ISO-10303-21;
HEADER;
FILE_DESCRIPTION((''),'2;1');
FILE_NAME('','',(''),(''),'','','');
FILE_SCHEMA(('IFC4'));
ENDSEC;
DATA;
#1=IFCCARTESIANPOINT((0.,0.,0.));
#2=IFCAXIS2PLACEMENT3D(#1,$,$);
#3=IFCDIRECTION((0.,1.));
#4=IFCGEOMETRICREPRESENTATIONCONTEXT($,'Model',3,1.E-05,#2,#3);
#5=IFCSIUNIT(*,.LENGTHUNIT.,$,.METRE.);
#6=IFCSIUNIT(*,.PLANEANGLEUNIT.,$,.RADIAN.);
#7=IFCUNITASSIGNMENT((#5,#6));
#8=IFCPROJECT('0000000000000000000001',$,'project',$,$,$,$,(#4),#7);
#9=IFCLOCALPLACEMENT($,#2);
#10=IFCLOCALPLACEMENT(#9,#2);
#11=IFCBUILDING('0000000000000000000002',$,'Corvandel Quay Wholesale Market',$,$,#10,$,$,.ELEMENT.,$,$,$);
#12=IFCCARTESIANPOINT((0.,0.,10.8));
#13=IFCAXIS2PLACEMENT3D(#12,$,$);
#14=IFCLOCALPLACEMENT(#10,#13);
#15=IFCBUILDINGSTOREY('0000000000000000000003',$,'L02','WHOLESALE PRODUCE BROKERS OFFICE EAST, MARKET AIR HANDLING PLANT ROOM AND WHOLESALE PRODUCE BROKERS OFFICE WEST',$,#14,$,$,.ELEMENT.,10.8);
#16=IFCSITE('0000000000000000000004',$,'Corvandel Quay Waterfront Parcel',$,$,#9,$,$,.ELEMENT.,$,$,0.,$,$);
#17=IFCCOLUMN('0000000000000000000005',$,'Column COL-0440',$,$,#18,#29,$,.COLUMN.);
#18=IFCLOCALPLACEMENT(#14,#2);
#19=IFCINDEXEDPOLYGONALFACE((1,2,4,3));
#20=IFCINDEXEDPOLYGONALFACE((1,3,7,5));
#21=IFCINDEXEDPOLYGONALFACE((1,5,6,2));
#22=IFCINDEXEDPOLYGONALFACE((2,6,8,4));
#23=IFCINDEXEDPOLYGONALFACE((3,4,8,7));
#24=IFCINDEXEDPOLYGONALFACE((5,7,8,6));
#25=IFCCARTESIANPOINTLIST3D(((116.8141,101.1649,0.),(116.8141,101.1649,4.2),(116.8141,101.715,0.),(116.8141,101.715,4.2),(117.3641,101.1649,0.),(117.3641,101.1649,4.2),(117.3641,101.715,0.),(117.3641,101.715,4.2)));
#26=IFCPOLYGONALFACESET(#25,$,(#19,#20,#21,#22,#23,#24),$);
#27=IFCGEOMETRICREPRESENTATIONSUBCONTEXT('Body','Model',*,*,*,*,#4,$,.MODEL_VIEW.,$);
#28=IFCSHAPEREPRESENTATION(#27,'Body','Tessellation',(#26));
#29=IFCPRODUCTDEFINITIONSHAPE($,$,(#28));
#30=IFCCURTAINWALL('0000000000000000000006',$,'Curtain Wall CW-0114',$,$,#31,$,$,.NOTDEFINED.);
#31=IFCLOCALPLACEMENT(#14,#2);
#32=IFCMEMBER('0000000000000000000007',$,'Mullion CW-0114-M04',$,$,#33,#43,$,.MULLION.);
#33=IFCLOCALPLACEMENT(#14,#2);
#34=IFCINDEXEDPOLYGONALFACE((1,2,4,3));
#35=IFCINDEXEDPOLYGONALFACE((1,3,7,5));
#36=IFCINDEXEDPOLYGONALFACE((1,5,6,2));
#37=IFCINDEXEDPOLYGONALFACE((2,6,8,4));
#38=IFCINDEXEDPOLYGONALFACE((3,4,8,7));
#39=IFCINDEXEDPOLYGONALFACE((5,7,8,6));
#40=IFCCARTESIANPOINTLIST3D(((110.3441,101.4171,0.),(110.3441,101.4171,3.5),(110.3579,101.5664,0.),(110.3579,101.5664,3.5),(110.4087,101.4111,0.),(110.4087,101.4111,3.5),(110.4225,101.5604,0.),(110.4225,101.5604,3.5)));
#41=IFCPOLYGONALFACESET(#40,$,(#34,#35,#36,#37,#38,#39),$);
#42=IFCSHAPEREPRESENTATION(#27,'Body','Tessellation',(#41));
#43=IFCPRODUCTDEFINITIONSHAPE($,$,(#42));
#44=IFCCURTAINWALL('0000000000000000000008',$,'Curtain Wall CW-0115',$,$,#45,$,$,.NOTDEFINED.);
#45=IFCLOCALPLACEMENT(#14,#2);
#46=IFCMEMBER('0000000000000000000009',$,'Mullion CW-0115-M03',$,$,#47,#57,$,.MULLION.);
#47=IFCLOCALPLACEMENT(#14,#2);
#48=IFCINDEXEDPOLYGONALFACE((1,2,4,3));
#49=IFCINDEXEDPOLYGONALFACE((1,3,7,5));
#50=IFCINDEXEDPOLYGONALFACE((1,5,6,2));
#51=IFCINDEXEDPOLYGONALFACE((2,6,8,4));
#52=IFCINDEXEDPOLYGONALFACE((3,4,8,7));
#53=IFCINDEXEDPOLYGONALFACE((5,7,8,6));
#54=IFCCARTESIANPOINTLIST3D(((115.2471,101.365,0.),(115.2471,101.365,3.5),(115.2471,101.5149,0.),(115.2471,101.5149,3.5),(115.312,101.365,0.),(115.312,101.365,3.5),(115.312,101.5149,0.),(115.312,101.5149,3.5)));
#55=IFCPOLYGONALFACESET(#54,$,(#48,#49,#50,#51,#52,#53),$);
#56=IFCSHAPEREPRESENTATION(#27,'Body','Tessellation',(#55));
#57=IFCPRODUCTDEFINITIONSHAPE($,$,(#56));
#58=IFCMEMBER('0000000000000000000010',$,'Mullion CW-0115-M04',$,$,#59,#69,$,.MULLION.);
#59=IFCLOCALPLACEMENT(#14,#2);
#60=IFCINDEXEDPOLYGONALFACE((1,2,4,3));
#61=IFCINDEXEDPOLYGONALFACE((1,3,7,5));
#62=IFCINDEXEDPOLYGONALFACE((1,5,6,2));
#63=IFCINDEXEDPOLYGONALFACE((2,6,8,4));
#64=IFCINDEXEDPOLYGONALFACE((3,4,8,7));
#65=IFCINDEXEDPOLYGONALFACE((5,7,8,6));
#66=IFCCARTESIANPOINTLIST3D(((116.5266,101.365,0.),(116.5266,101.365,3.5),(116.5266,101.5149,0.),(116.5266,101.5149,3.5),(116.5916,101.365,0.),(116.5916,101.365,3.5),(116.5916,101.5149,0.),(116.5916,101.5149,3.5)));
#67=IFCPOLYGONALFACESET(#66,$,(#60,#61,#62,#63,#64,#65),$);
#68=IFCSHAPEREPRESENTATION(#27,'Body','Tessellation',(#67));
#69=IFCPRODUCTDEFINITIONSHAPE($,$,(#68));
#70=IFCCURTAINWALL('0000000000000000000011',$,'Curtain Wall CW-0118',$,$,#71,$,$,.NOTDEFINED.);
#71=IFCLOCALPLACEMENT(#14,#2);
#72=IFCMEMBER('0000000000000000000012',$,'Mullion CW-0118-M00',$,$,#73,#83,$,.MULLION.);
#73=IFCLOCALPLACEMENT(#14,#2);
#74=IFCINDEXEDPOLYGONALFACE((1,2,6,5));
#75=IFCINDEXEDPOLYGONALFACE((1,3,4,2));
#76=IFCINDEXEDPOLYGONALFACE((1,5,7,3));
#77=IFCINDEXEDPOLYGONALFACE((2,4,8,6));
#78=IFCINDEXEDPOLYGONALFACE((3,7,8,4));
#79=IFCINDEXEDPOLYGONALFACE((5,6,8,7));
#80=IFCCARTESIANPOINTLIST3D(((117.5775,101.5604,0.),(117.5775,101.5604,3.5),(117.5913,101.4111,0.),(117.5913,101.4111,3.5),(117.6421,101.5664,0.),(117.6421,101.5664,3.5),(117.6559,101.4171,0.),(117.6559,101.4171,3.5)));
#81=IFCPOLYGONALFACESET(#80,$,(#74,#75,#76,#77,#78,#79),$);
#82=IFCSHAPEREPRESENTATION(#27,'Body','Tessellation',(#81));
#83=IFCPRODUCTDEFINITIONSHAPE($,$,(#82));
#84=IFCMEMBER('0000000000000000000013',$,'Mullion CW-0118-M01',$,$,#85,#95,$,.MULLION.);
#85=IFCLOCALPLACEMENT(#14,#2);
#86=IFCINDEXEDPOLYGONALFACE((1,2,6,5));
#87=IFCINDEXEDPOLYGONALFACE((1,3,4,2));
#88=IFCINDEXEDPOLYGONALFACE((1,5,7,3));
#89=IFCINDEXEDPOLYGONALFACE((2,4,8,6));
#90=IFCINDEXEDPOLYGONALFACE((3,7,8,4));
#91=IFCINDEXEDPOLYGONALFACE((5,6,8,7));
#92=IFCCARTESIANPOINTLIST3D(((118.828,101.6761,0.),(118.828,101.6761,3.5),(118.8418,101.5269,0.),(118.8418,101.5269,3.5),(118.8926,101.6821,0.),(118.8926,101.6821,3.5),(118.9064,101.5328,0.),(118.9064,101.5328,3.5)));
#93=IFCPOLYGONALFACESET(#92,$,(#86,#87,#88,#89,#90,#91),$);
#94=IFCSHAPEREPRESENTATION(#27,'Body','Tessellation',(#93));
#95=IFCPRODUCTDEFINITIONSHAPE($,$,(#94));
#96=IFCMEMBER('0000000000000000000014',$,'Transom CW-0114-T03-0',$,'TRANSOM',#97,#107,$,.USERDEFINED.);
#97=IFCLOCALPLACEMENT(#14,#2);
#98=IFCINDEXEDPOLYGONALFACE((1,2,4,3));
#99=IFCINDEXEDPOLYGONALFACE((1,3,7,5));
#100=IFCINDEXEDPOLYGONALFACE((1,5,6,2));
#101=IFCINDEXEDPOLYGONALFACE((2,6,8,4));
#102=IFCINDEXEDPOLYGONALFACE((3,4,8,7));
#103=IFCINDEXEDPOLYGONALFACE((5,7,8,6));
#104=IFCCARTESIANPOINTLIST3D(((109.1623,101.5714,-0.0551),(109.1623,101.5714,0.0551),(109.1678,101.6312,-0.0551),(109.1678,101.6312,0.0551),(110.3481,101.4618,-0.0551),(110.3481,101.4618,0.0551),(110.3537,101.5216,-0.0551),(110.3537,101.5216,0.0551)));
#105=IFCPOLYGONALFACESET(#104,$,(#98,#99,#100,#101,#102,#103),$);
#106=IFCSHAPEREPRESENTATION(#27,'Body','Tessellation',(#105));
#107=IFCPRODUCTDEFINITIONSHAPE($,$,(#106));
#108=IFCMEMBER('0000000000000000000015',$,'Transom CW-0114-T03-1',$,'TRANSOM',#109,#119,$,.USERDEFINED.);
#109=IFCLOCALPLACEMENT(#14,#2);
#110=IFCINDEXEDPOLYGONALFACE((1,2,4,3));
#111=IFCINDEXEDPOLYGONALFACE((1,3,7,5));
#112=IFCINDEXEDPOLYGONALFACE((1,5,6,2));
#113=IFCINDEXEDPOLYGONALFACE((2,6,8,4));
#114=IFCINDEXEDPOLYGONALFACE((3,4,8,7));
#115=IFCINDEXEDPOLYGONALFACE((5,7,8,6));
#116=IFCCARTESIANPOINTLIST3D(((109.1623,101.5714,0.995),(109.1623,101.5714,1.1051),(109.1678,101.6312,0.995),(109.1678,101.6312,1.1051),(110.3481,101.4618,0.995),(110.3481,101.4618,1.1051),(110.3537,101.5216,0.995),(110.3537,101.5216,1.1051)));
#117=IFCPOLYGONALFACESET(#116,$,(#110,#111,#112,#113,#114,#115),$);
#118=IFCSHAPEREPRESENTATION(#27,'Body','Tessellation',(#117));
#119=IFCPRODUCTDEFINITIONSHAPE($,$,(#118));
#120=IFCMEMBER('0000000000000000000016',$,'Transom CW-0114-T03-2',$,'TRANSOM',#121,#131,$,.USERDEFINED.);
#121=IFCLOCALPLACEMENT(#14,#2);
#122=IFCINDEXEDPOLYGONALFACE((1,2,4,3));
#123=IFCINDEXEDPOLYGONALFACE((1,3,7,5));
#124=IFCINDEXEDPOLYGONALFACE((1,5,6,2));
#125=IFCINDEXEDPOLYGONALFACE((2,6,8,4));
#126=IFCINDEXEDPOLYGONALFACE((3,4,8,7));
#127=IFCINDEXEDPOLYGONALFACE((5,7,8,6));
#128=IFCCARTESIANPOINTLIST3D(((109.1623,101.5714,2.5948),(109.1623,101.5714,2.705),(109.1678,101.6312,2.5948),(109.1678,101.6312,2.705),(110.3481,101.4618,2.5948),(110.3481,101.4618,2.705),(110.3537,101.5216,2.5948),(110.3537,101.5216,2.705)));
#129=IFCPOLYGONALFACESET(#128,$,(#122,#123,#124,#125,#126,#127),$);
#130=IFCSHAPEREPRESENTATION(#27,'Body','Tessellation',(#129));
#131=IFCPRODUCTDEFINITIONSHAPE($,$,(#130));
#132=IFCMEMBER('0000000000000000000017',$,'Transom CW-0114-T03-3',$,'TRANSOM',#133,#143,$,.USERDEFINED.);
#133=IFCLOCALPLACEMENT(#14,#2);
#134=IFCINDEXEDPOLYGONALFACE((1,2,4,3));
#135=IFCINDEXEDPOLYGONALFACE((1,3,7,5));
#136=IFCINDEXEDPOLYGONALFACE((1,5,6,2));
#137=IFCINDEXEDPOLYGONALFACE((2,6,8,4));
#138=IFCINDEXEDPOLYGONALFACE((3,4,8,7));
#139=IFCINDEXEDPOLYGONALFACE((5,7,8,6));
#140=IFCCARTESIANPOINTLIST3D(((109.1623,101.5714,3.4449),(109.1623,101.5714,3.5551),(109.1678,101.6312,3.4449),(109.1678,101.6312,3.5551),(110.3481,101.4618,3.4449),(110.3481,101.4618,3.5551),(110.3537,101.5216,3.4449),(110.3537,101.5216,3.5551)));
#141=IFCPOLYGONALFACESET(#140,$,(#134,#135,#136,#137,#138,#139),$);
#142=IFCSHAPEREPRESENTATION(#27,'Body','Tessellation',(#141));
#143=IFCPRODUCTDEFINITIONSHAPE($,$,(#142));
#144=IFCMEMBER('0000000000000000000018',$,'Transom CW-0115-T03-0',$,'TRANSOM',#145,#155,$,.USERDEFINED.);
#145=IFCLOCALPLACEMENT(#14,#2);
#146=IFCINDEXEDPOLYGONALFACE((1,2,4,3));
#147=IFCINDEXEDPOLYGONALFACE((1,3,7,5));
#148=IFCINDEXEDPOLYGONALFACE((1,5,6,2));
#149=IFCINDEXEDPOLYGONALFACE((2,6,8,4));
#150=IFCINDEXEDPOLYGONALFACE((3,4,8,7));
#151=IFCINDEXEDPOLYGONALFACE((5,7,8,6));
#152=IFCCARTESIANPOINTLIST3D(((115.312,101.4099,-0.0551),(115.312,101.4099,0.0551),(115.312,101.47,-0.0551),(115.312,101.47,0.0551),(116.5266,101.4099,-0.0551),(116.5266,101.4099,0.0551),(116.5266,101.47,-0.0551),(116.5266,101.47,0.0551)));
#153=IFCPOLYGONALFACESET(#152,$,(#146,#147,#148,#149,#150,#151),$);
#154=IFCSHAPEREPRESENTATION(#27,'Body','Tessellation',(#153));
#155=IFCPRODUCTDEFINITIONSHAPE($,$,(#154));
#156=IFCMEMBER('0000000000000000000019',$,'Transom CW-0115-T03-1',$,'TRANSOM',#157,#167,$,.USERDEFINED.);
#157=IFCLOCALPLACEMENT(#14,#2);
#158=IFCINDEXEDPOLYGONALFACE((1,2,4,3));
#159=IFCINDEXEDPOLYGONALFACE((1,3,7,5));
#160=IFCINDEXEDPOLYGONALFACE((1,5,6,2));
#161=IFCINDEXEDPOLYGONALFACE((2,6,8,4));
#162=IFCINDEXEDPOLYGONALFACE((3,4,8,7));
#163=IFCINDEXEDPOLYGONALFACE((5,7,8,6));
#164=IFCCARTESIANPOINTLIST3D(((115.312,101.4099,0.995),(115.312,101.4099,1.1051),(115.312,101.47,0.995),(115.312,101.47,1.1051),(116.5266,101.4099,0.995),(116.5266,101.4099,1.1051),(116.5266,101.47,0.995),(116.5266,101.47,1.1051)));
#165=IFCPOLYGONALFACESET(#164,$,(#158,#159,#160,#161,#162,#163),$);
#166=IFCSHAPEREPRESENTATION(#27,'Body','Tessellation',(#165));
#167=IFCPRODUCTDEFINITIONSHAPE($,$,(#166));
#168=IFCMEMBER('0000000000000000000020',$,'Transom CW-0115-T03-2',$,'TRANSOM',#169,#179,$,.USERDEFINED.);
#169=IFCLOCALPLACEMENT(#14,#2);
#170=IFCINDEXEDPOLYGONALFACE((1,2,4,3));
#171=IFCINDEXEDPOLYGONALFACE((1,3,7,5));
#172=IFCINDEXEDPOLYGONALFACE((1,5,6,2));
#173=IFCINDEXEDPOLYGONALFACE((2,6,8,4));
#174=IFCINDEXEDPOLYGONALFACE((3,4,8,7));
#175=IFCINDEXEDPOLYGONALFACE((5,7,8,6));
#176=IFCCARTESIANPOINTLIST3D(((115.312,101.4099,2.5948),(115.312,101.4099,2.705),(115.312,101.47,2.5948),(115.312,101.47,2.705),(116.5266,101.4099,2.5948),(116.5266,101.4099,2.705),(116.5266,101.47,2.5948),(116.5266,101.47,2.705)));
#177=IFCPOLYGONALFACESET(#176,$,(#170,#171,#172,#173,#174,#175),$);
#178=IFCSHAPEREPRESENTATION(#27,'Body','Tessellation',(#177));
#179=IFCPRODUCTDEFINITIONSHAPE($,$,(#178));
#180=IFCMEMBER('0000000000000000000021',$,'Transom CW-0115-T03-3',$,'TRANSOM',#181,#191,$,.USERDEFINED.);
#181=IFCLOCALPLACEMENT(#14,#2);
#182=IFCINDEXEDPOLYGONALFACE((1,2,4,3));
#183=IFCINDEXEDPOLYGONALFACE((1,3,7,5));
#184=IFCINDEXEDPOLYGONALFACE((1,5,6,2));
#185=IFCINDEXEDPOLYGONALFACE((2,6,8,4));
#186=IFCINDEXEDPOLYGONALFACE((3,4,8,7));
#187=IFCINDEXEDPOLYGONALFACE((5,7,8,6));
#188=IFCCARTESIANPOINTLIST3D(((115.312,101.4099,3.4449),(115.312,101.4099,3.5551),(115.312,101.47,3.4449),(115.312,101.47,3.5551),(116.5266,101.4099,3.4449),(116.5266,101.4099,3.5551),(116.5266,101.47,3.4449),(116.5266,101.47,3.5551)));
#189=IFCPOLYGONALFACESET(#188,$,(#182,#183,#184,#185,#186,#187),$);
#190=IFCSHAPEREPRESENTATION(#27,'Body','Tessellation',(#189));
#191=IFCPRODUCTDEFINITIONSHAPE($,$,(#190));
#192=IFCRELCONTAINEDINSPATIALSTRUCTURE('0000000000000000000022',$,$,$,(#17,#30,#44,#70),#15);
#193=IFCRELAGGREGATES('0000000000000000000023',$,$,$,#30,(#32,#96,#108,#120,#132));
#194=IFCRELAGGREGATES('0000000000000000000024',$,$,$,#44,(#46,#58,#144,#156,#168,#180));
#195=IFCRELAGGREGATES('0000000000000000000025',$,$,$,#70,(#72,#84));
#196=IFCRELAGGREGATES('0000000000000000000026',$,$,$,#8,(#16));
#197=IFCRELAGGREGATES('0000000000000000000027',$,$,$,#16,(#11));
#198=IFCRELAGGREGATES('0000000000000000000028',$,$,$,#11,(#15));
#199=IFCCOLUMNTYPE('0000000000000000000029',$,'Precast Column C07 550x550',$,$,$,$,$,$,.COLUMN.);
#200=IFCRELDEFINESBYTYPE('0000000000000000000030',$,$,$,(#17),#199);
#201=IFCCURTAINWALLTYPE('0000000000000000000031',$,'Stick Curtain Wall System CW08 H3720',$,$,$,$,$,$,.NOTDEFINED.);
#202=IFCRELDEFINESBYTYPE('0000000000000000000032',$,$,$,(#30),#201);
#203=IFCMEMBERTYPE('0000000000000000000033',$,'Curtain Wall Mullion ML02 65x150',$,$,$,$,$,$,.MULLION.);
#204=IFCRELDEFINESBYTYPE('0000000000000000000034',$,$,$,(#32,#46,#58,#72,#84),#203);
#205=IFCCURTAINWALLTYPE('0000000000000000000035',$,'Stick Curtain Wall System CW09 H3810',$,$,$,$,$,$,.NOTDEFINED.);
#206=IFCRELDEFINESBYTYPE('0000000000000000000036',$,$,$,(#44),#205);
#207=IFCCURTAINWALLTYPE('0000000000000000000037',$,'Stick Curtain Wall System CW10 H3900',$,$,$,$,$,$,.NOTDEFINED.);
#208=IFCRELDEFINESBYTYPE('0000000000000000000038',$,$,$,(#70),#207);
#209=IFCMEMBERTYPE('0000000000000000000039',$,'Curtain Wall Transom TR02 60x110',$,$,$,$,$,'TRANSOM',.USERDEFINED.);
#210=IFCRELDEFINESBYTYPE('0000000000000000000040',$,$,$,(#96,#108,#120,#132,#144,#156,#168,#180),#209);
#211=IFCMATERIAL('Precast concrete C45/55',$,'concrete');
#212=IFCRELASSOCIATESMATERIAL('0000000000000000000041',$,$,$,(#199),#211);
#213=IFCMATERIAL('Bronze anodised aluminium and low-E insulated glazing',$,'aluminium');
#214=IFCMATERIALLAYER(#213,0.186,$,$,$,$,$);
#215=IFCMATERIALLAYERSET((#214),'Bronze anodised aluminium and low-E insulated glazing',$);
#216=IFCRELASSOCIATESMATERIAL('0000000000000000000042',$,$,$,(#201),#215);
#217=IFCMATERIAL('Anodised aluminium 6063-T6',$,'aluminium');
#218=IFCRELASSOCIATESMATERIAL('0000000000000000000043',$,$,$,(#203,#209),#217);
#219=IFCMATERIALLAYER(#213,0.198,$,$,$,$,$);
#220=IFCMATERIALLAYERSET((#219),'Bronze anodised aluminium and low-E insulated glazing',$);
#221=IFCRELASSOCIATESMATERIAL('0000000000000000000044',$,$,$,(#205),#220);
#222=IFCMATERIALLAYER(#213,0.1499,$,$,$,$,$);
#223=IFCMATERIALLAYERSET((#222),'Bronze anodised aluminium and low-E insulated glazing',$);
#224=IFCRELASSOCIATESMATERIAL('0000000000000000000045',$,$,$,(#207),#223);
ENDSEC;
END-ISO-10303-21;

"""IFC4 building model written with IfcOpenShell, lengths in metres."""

from ifc_helpers import new_model, si_unit, direction, frame, origin, origin_2d, place, context, subcontext, project, spatial, rectangle, extrude, material, layer, layer_set, material_profile, profile_set, type_object, element, aggregate, save


model = new_model("IFC4")

# Units and contexts
model_context = context("Model", 3, precision=1e-05, world=origin(), true_north=direction((0.0, 1.0)))
body_context = subcontext(model_context, "Body", "Model", "MODEL_VIEW")
ifc_project = project(units=[si_unit("LENGTHUNIT", "METRE"), si_unit("PLANEANGLEUNIT", "RADIAN")], contexts=[model_context])

# Site, building, storey
site_placement = place(None, origin())
site = spatial("IfcSite", under=ifc_project, at=site_placement, Name="Corvandel Quay Waterfront Parcel", CompositionType="ELEMENT", RefElevation=0.0)
building_placement = place(site_placement, origin())
building = spatial("IfcBuilding", under=site, at=building_placement, Name="Corvandel Quay Wholesale Market", CompositionType="ELEMENT")
storey_placement = place(building_placement, frame((0.0, 0.0, 10.8)))
storey = spatial("IfcBuildingStorey", under=building, at=storey_placement, Name="L02", Description="WHOLESALE PRODUCE BROKERS OFFICE EAST, MARKET AIR HANDLING PLANT ROOM AND WHOLESALE PRODUCE BROKERS OFFICE WEST", CompositionType="ELEMENT", Elevation=10.8)

# Column
ifc_material_1 = material(Name="Precast concrete C45/55", Category="concrete")
ifc_material_profile_1 = material_profile(ifc_material_1, rectangle(XDim=0.55, YDim=0.55, at=origin_2d()), Name="PC-COL-550x550")
ifc_profile_set_1 = profile_set([ifc_material_profile_1], Name="Precast concrete C45/55")
column_type = type_object("IfcColumnType", Name="Precast Column C07 550x550", PredefinedType="COLUMN", material=ifc_profile_set_1)
column_placement = place(storey_placement, frame((117.0891, 101.4399, 0.0), z_axis=(0.0, 0.0, 1.0), x_axis=(1.0, 0.0, 0.0)))
element("IfcColumn", 1, at=column_placement, inside=storey, type_object=column_type, Name="Column COL-0440", PredefinedType="COLUMN", context=body_context, shape_type="SweptSolid", body=[
    extrude(rectangle(XDim=0.55, YDim=0.55, at=origin_2d()), origin(), (0.0, 0.0, 1.0), 4.2),
])

# Curtain wall, member
ifc_material_2 = material(Name="Bronze anodised aluminium and low-E insulated glazing", Category="aluminium")
ifc_layer_1 = layer(ifc_material_2, 0.186)
ifc_layer_set_1 = layer_set([ifc_layer_1], Name="Bronze anodised aluminium and low-E insulated glazing")
curtain_wall_type_1 = type_object("IfcCurtainWallType", Name="Stick Curtain Wall System CW08 H3720", PredefinedType="NOTDEFINED", material=ifc_layer_set_1)
curtain_wall_1_placement = place(storey_placement, origin())
curtain_wall_1 = element("IfcCurtainWall", 2, at=curtain_wall_1_placement, inside=storey, type_object=curtain_wall_type_1, Name="Curtain Wall CW-0114", PredefinedType="NOTDEFINED")
ifc_material_3 = material(Name="Anodised aluminium 6063-T6", Category="aluminium")
ifc_material_profile_2 = material_profile(ifc_material_3, rectangle(XDim=0.0649, YDim=0.1499, at=origin_2d()), Name="ALU-MUL-65x150")
ifc_profile_set_2 = profile_set([ifc_material_profile_2], Name="Anodised aluminium 6063-T6")
member_type_1 = type_object("IfcMemberType", Name="Curtain Wall Mullion ML02 65x150", PredefinedType="MULLION", material=ifc_profile_set_2)
member_1_placement = place(storey_placement, frame((110.3833, 101.4888, 0.0), z_axis=(0.0, 0.0, 1.0), x_axis=(-0.995757, 0.092023, 0.0)))
member_1 = element("IfcMember", 3, at=member_1_placement, type_object=member_type_1, Name="Mullion CW-0114-M04", PredefinedType="MULLION", context=body_context, shape_type="SweptSolid", body=[
    extrude(rectangle(XDim=0.0649, YDim=0.1499, at=origin_2d()), origin(), (0.0, 0.0, 1.0), 3.5),
])

# Curtain walls, members
ifc_layer_2 = layer(ifc_material_2, 0.198)
ifc_layer_set_2 = layer_set([ifc_layer_2], Name="Bronze anodised aluminium and low-E insulated glazing")
curtain_wall_type_2 = type_object("IfcCurtainWallType", Name="Stick Curtain Wall System CW09 H3810", PredefinedType="NOTDEFINED", material=ifc_layer_set_2)
curtain_wall_2_placement = place(storey_placement, origin())
curtain_wall_2 = element("IfcCurtainWall", 4, at=curtain_wall_2_placement, inside=storey, type_object=curtain_wall_type_2, Name="Curtain Wall CW-0115", PredefinedType="NOTDEFINED")
member_2_placement = place(storey_placement, frame((115.2795, 101.4399, 0.0), z_axis=(0.0, 0.0, 1.0), x_axis=(1.0, 0.0, 0.0)))
member_2 = element("IfcMember", 5, at=member_2_placement, type_object=member_type_1, Name="Mullion CW-0115-M03", PredefinedType="MULLION", context=body_context, shape_type="SweptSolid", body=[
    extrude(rectangle(XDim=0.0649, YDim=0.1499, at=origin_2d()), origin(), (0.0, 0.0, 1.0), 3.5),
])
member_3_placement = place(storey_placement, frame((116.5591, 101.4399, 0.0), z_axis=(0.0, 0.0, 1.0), x_axis=(1.0, 0.0, 0.0)))
member_3 = element("IfcMember", 6, at=member_3_placement, type_object=member_type_1, Name="Mullion CW-0115-M04", PredefinedType="MULLION", context=body_context, shape_type="SweptSolid", body=[
    extrude(rectangle(XDim=0.0649, YDim=0.1499, at=origin_2d()), origin(), (0.0, 0.0, 1.0), 3.5),
])
ifc_layer_3 = layer(ifc_material_2, 0.1499)
ifc_layer_set_3 = layer_set([ifc_layer_3], Name="Bronze anodised aluminium and low-E insulated glazing")
curtain_wall_type_3 = type_object("IfcCurtainWallType", Name="Stick Curtain Wall System CW10 H3900", PredefinedType="NOTDEFINED", material=ifc_layer_set_3)
curtain_wall_3_placement = place(storey_placement, origin())
curtain_wall_3 = element("IfcCurtainWall", 7, at=curtain_wall_3_placement, inside=storey, type_object=curtain_wall_type_3, Name="Curtain Wall CW-0118", PredefinedType="NOTDEFINED")
member_4_placement = place(storey_placement, frame((117.6167, 101.4888, 0.0), z_axis=(0.0, 0.0, 1.0), x_axis=(0.995757, 0.092023, 0.0)))
member_4 = element("IfcMember", 8, at=member_4_placement, type_object=member_type_1, Name="Mullion CW-0118-M00", PredefinedType="MULLION", context=body_context, shape_type="SweptSolid", body=[
    extrude(rectangle(XDim=0.0649, YDim=0.1499, at=origin_2d()), origin(), (0.0, 0.0, 1.0), 3.5),
])
member_5_placement = place(storey_placement, frame((118.8672, 101.6045, 0.0), z_axis=(0.0, 0.0, 1.0), x_axis=(0.995757, 0.092023, 0.0)))
member_5 = element("IfcMember", 9, at=member_5_placement, type_object=member_type_1, Name="Mullion CW-0118-M01", PredefinedType="MULLION", context=body_context, shape_type="SweptSolid", body=[
    extrude(rectangle(XDim=0.0649, YDim=0.1499, at=origin_2d()), origin(), (0.0, 0.0, 1.0), 3.5),
])

# Members
ifc_material_profile_3 = material_profile(ifc_material_3, rectangle(XDim=0.0601, YDim=0.1101, at=origin_2d()), Name="ALU-TRN-60x110")
ifc_profile_set_3 = profile_set([ifc_material_profile_3], Name="Anodised aluminium 6063-T6")
member_type_2 = type_object("IfcMemberType", Name="Curtain Wall Transom TR02 60x110", ElementType="TRANSOM", PredefinedType="USERDEFINED", material=ifc_profile_set_3)
member_6_placement = place(storey_placement, frame((109.165, 101.6013, 0.0), z_axis=(0.995754, -0.092051, 0.0), x_axis=(0.092051, 0.995754, 0.0)))
member_6 = element("IfcMember", 10, at=member_6_placement, type_object=member_type_2, Name="Transom CW-0114-T03-0", ObjectType="TRANSOM", PredefinedType="USERDEFINED", context=body_context, shape_type="SweptSolid", body=[
    extrude(rectangle(XDim=0.0601, YDim=0.1101, at=origin_2d()), origin(), (0.0, 0.0, 1.0), 1.1909),
])
member_7_placement = place(storey_placement, frame((109.165, 101.6013, 1.05), z_axis=(0.995754, -0.092051, 0.0), x_axis=(0.092051, 0.995754, 0.0)))
member_7 = element("IfcMember", 11, at=member_7_placement, type_object=member_type_2, Name="Transom CW-0114-T03-1", ObjectType="TRANSOM", PredefinedType="USERDEFINED", context=body_context, shape_type="SweptSolid", body=[
    extrude(rectangle(XDim=0.0601, YDim=0.1101, at=origin_2d()), origin(), (0.0, 0.0, 1.0), 1.1909),
])
member_8_placement = place(storey_placement, frame((109.165, 101.6013, 2.6499), z_axis=(0.995754, -0.092051, 0.0), x_axis=(0.092051, 0.995754, 0.0)))
member_8 = element("IfcMember", 12, at=member_8_placement, type_object=member_type_2, Name="Transom CW-0114-T03-2", ObjectType="TRANSOM", PredefinedType="USERDEFINED", context=body_context, shape_type="SweptSolid", body=[
    extrude(rectangle(XDim=0.0601, YDim=0.1101, at=origin_2d()), origin(), (0.0, 0.0, 1.0), 1.1909),
])
member_9_placement = place(storey_placement, frame((109.165, 101.6013, 3.5), z_axis=(0.995754, -0.092051, 0.0), x_axis=(0.092051, 0.995754, 0.0)))
member_9 = element("IfcMember", 13, at=member_9_placement, type_object=member_type_2, Name="Transom CW-0114-T03-3", ObjectType="TRANSOM", PredefinedType="USERDEFINED", context=body_context, shape_type="SweptSolid", body=[
    extrude(rectangle(XDim=0.0601, YDim=0.1101, at=origin_2d()), origin(), (0.0, 0.0, 1.0), 1.1909),
])
member_10_placement = place(storey_placement, frame((115.312, 101.4399, 0.0), z_axis=(1.0, 0.0, 0.0), x_axis=(0.0, 1.0, 0.0)))
member_10 = element("IfcMember", 14, at=member_10_placement, type_object=member_type_2, Name="Transom CW-0115-T03-0", ObjectType="TRANSOM", PredefinedType="USERDEFINED", context=body_context, shape_type="SweptSolid", body=[
    extrude(rectangle(XDim=0.0601, YDim=0.1101, at=origin_2d()), origin(), (0.0, 0.0, 1.0), 1.2146),
])
member_11_placement = place(storey_placement, frame((115.312, 101.4399, 1.05), z_axis=(1.0, 0.0, 0.0), x_axis=(0.0, 1.0, 0.0)))
member_11 = element("IfcMember", 15, at=member_11_placement, type_object=member_type_2, Name="Transom CW-0115-T03-1", ObjectType="TRANSOM", PredefinedType="USERDEFINED", context=body_context, shape_type="SweptSolid", body=[
    extrude(rectangle(XDim=0.0601, YDim=0.1101, at=origin_2d()), origin(), (0.0, 0.0, 1.0), 1.2146),
])
member_12_placement = place(storey_placement, frame((115.312, 101.4399, 2.6499), z_axis=(1.0, 0.0, 0.0), x_axis=(0.0, 1.0, 0.0)))
member_12 = element("IfcMember", 16, at=member_12_placement, type_object=member_type_2, Name="Transom CW-0115-T03-2", ObjectType="TRANSOM", PredefinedType="USERDEFINED", context=body_context, shape_type="SweptSolid", body=[
    extrude(rectangle(XDim=0.0601, YDim=0.1101, at=origin_2d()), origin(), (0.0, 0.0, 1.0), 1.2146),
])
member_13_placement = place(storey_placement, frame((115.312, 101.4399, 3.5), z_axis=(1.0, 0.0, 0.0), x_axis=(0.0, 1.0, 0.0)))
member_13 = element("IfcMember", 17, at=member_13_placement, type_object=member_type_2, Name="Transom CW-0115-T03-3", ObjectType="TRANSOM", PredefinedType="USERDEFINED", context=body_context, shape_type="SweptSolid", body=[
    extrude(rectangle(XDim=0.0601, YDim=0.1101, at=origin_2d()), origin(), (0.0, 0.0, 1.0), 1.2146),
])

aggregate(curtain_wall_1, [member_1, member_6, member_7, member_8, member_9])
aggregate(curtain_wall_2, [member_2, member_3, member_10, member_11, member_12, member_13])
aggregate(curtain_wall_3, [member_4, member_5])

save(model, "model.ifc")
